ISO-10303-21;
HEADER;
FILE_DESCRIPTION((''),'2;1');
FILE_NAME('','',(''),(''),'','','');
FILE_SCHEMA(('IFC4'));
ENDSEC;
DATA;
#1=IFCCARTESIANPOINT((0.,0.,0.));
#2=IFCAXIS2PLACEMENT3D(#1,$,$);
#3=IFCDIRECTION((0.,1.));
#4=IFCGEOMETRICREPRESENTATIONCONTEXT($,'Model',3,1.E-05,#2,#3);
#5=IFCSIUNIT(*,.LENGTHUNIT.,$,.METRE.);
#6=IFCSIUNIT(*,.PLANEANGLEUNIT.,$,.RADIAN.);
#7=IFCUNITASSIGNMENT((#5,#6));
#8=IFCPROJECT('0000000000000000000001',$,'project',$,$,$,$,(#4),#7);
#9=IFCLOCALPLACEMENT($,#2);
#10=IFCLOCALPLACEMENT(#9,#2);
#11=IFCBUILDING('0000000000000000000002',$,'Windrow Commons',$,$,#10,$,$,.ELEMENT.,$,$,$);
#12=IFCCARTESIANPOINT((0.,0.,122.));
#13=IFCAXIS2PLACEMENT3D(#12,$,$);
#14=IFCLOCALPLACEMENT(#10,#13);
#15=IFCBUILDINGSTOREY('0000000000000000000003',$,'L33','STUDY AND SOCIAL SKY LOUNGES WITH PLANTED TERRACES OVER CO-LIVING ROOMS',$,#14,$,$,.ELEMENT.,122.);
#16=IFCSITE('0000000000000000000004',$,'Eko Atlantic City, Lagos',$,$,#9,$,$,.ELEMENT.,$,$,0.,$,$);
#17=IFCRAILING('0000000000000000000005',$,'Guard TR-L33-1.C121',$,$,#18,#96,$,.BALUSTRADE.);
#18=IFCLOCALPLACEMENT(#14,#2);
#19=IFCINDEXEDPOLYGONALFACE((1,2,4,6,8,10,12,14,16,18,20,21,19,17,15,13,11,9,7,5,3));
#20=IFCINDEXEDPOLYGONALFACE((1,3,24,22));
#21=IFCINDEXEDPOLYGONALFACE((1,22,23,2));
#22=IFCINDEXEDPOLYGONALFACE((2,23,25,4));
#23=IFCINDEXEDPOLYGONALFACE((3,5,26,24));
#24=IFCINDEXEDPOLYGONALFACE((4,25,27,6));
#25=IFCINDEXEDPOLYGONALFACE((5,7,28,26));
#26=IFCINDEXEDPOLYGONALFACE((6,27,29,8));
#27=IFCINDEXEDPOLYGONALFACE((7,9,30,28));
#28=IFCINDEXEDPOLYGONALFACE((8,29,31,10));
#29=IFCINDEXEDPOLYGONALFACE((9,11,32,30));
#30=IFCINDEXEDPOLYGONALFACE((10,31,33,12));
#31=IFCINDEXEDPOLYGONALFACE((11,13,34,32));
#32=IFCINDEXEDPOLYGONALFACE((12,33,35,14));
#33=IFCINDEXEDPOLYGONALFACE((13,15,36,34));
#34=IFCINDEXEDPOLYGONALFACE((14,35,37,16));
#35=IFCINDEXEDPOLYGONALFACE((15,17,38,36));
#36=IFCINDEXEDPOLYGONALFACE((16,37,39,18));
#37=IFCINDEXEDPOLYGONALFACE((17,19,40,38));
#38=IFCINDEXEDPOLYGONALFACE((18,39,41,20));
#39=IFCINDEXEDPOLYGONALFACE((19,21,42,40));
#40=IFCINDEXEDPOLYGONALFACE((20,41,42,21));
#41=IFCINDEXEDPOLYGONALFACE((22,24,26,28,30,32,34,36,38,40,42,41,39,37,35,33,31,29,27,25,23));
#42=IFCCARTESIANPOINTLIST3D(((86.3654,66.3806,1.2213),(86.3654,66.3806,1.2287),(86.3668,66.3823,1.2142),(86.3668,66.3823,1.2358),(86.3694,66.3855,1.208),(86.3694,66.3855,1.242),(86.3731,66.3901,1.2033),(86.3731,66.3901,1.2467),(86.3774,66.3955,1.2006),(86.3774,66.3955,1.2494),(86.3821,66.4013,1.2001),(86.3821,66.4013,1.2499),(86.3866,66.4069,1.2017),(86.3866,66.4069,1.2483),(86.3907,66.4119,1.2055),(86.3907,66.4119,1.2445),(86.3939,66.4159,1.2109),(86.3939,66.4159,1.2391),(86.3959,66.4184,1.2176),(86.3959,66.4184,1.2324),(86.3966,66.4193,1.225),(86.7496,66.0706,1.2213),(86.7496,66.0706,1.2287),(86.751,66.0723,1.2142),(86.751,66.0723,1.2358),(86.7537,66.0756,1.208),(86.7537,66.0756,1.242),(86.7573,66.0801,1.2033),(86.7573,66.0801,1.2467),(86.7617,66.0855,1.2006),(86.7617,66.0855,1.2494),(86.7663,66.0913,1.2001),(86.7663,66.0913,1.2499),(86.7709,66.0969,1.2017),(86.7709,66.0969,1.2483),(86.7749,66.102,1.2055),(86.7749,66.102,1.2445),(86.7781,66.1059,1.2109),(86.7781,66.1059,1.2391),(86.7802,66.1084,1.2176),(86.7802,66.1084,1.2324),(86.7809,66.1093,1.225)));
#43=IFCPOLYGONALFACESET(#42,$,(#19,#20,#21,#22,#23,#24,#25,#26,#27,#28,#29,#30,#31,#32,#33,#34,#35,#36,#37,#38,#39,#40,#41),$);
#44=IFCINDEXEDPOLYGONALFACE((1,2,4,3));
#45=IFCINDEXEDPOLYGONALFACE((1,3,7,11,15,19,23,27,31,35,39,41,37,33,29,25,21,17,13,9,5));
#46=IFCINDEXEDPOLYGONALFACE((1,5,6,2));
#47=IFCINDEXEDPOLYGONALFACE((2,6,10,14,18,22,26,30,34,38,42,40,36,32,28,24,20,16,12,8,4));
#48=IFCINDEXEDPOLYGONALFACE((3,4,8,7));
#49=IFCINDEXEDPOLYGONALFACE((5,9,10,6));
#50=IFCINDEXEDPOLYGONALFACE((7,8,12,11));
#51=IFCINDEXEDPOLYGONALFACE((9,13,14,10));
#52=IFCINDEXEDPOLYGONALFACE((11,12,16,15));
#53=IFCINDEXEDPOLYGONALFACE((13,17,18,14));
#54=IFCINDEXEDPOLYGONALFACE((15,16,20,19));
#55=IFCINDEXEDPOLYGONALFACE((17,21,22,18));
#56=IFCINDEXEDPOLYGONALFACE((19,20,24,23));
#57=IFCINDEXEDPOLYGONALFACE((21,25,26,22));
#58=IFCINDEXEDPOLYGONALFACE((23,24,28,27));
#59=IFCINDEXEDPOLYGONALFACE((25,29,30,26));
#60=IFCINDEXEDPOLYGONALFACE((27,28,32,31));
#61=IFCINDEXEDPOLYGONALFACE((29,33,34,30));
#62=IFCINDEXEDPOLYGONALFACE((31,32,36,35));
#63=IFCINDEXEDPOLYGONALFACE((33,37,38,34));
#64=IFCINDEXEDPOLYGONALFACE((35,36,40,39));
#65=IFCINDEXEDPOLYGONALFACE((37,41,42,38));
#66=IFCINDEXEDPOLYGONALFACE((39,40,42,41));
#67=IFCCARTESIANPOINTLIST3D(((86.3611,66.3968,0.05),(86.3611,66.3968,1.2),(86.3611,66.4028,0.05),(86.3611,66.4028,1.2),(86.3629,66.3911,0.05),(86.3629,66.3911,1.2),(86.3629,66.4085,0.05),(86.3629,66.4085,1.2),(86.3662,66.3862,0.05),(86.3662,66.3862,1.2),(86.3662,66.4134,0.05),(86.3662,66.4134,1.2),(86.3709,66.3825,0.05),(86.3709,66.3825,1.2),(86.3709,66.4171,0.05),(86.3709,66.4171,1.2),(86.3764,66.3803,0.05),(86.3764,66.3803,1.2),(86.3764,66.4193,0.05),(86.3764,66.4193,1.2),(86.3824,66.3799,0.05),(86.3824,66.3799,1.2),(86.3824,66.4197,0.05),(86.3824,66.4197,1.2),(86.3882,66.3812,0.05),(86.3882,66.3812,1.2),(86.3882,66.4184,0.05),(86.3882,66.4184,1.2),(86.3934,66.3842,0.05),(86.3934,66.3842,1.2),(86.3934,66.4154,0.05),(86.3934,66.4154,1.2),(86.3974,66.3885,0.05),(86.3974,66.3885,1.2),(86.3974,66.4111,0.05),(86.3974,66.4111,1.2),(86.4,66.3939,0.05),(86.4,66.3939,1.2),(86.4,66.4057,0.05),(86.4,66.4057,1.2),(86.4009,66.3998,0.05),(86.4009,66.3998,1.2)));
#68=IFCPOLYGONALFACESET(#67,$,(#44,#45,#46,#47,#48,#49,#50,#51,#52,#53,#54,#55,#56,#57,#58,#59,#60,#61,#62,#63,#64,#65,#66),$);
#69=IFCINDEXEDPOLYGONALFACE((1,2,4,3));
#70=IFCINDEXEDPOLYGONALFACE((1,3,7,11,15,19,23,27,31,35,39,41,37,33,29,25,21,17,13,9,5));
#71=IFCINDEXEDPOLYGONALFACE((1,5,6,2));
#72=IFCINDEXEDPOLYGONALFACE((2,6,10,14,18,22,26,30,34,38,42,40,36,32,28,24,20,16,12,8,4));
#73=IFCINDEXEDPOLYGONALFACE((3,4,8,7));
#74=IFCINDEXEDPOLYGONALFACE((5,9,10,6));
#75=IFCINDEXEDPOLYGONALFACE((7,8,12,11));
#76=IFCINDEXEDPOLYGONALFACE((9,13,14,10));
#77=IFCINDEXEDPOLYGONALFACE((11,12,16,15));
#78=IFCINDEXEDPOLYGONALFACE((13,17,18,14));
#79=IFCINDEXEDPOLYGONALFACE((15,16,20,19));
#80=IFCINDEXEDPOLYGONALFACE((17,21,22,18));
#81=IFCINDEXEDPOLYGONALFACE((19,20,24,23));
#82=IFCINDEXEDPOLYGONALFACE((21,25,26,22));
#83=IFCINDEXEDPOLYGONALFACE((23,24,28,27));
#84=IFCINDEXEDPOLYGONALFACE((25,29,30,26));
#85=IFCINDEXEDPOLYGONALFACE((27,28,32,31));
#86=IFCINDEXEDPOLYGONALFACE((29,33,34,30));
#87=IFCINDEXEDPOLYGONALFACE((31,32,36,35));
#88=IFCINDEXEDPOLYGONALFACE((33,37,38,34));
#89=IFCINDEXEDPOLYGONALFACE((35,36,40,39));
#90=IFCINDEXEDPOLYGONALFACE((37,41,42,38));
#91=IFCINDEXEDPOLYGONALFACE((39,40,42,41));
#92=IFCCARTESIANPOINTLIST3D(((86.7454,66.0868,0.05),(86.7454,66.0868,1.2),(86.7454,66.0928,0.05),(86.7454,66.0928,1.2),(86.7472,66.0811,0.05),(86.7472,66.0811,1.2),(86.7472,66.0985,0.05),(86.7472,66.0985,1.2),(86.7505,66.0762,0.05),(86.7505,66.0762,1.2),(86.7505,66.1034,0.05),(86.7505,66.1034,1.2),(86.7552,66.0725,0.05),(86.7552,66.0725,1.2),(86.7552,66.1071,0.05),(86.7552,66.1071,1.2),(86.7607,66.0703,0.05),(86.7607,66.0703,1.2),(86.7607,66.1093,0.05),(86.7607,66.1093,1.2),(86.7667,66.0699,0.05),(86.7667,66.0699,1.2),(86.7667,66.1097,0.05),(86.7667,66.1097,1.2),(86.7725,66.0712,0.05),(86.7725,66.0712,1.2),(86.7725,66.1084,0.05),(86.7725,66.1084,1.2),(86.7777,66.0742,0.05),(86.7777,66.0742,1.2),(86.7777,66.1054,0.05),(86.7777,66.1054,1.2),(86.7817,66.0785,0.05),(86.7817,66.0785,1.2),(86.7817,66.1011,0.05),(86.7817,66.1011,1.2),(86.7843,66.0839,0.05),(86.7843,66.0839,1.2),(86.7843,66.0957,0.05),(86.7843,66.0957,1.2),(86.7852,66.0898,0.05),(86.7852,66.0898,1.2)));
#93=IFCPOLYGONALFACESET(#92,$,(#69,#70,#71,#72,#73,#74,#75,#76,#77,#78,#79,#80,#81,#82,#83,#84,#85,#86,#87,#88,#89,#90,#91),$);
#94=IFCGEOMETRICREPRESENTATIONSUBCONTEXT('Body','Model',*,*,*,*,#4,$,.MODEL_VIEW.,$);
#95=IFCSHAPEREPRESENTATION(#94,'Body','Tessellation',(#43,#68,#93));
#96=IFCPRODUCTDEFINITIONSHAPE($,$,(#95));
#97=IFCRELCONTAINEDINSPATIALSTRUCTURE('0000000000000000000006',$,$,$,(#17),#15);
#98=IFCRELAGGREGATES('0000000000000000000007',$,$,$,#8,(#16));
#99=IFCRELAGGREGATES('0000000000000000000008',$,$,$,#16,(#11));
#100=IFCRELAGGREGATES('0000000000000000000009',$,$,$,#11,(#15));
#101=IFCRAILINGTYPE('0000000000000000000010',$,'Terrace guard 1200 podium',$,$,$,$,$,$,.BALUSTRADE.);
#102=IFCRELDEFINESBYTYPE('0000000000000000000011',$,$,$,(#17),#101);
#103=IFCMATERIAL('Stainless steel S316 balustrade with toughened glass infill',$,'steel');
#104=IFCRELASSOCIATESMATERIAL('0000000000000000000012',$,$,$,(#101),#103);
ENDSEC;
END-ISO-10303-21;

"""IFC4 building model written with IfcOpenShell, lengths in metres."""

from ifc_helpers import new_model, si_unit, direction, frame, origin, origin_2d, place, context, subcontext, project, spatial, circle, extrude, material, type_object, element, save


model = new_model("IFC4")

# Units and contexts
model_context = context("Model", 3, precision=1e-05, world=origin(), true_north=direction((0.0, 1.0)))
body_context = subcontext(model_context, "Body", "Model", "MODEL_VIEW")
ifc_project = project(units=[si_unit("LENGTHUNIT", "METRE"), si_unit("PLANEANGLEUNIT", "RADIAN")], contexts=[model_context])

# Site, building, storey
site_placement = place(None, origin())
site = spatial("IfcSite", under=ifc_project, at=site_placement, Name="Eko Atlantic City, Lagos", CompositionType="ELEMENT", RefElevation=0.0)
building_placement = place(site_placement, origin())
building = spatial("IfcBuilding", under=site, at=building_placement, Name="Windrow Commons", CompositionType="ELEMENT")
storey_placement = place(building_placement, frame((0.0, 0.0, 122.0)))
storey = spatial("IfcBuildingStorey", under=building, at=storey_placement, Name="L33", Description="STUDY AND SOCIAL SKY LOUNGES WITH PLANTED TERRACES OVER CO-LIVING ROOMS", CompositionType="ELEMENT", Elevation=122.0)

# Railing
ifc_material_1 = material(Name="Stainless steel S316 balustrade with toughened glass infill", Category="steel")
railing_type_1 = type_object("IfcRailingType", Name="Terrace guard 1200 podium", PredefinedType="BALUSTRADE", material=ifc_material_1)
railing_1_placement = place(storey_placement, frame((86.3809, 66.3998, 0.05)))
element("IfcRailing", 1, at=railing_1_placement, inside=storey, type_object=railing_type_1, Name="Guard TR-L33-1.C121", PredefinedType="BALUSTRADE", context=body_context, shape_type="SweptSolid", body=[
    extrude(circle(Radius=0.025, at=origin_2d()), frame((0.0, 0.0, 1.175), z_axis=(0.778333, -0.627851, 0.0), x_axis=(0.627851, 0.778333, 0.0)), (0.0, 0.0, 1.0), 0.4937),
    extrude(circle(Radius=0.02, at=origin_2d()), origin(), (0.0, 0.0, 1.0), 1.15),
    extrude(circle(Radius=0.02, at=origin_2d()), frame((0.3843, -0.31, 0.0)), (0.0, 0.0, 1.0), 1.15),
])

save(model, "model.ifc")
